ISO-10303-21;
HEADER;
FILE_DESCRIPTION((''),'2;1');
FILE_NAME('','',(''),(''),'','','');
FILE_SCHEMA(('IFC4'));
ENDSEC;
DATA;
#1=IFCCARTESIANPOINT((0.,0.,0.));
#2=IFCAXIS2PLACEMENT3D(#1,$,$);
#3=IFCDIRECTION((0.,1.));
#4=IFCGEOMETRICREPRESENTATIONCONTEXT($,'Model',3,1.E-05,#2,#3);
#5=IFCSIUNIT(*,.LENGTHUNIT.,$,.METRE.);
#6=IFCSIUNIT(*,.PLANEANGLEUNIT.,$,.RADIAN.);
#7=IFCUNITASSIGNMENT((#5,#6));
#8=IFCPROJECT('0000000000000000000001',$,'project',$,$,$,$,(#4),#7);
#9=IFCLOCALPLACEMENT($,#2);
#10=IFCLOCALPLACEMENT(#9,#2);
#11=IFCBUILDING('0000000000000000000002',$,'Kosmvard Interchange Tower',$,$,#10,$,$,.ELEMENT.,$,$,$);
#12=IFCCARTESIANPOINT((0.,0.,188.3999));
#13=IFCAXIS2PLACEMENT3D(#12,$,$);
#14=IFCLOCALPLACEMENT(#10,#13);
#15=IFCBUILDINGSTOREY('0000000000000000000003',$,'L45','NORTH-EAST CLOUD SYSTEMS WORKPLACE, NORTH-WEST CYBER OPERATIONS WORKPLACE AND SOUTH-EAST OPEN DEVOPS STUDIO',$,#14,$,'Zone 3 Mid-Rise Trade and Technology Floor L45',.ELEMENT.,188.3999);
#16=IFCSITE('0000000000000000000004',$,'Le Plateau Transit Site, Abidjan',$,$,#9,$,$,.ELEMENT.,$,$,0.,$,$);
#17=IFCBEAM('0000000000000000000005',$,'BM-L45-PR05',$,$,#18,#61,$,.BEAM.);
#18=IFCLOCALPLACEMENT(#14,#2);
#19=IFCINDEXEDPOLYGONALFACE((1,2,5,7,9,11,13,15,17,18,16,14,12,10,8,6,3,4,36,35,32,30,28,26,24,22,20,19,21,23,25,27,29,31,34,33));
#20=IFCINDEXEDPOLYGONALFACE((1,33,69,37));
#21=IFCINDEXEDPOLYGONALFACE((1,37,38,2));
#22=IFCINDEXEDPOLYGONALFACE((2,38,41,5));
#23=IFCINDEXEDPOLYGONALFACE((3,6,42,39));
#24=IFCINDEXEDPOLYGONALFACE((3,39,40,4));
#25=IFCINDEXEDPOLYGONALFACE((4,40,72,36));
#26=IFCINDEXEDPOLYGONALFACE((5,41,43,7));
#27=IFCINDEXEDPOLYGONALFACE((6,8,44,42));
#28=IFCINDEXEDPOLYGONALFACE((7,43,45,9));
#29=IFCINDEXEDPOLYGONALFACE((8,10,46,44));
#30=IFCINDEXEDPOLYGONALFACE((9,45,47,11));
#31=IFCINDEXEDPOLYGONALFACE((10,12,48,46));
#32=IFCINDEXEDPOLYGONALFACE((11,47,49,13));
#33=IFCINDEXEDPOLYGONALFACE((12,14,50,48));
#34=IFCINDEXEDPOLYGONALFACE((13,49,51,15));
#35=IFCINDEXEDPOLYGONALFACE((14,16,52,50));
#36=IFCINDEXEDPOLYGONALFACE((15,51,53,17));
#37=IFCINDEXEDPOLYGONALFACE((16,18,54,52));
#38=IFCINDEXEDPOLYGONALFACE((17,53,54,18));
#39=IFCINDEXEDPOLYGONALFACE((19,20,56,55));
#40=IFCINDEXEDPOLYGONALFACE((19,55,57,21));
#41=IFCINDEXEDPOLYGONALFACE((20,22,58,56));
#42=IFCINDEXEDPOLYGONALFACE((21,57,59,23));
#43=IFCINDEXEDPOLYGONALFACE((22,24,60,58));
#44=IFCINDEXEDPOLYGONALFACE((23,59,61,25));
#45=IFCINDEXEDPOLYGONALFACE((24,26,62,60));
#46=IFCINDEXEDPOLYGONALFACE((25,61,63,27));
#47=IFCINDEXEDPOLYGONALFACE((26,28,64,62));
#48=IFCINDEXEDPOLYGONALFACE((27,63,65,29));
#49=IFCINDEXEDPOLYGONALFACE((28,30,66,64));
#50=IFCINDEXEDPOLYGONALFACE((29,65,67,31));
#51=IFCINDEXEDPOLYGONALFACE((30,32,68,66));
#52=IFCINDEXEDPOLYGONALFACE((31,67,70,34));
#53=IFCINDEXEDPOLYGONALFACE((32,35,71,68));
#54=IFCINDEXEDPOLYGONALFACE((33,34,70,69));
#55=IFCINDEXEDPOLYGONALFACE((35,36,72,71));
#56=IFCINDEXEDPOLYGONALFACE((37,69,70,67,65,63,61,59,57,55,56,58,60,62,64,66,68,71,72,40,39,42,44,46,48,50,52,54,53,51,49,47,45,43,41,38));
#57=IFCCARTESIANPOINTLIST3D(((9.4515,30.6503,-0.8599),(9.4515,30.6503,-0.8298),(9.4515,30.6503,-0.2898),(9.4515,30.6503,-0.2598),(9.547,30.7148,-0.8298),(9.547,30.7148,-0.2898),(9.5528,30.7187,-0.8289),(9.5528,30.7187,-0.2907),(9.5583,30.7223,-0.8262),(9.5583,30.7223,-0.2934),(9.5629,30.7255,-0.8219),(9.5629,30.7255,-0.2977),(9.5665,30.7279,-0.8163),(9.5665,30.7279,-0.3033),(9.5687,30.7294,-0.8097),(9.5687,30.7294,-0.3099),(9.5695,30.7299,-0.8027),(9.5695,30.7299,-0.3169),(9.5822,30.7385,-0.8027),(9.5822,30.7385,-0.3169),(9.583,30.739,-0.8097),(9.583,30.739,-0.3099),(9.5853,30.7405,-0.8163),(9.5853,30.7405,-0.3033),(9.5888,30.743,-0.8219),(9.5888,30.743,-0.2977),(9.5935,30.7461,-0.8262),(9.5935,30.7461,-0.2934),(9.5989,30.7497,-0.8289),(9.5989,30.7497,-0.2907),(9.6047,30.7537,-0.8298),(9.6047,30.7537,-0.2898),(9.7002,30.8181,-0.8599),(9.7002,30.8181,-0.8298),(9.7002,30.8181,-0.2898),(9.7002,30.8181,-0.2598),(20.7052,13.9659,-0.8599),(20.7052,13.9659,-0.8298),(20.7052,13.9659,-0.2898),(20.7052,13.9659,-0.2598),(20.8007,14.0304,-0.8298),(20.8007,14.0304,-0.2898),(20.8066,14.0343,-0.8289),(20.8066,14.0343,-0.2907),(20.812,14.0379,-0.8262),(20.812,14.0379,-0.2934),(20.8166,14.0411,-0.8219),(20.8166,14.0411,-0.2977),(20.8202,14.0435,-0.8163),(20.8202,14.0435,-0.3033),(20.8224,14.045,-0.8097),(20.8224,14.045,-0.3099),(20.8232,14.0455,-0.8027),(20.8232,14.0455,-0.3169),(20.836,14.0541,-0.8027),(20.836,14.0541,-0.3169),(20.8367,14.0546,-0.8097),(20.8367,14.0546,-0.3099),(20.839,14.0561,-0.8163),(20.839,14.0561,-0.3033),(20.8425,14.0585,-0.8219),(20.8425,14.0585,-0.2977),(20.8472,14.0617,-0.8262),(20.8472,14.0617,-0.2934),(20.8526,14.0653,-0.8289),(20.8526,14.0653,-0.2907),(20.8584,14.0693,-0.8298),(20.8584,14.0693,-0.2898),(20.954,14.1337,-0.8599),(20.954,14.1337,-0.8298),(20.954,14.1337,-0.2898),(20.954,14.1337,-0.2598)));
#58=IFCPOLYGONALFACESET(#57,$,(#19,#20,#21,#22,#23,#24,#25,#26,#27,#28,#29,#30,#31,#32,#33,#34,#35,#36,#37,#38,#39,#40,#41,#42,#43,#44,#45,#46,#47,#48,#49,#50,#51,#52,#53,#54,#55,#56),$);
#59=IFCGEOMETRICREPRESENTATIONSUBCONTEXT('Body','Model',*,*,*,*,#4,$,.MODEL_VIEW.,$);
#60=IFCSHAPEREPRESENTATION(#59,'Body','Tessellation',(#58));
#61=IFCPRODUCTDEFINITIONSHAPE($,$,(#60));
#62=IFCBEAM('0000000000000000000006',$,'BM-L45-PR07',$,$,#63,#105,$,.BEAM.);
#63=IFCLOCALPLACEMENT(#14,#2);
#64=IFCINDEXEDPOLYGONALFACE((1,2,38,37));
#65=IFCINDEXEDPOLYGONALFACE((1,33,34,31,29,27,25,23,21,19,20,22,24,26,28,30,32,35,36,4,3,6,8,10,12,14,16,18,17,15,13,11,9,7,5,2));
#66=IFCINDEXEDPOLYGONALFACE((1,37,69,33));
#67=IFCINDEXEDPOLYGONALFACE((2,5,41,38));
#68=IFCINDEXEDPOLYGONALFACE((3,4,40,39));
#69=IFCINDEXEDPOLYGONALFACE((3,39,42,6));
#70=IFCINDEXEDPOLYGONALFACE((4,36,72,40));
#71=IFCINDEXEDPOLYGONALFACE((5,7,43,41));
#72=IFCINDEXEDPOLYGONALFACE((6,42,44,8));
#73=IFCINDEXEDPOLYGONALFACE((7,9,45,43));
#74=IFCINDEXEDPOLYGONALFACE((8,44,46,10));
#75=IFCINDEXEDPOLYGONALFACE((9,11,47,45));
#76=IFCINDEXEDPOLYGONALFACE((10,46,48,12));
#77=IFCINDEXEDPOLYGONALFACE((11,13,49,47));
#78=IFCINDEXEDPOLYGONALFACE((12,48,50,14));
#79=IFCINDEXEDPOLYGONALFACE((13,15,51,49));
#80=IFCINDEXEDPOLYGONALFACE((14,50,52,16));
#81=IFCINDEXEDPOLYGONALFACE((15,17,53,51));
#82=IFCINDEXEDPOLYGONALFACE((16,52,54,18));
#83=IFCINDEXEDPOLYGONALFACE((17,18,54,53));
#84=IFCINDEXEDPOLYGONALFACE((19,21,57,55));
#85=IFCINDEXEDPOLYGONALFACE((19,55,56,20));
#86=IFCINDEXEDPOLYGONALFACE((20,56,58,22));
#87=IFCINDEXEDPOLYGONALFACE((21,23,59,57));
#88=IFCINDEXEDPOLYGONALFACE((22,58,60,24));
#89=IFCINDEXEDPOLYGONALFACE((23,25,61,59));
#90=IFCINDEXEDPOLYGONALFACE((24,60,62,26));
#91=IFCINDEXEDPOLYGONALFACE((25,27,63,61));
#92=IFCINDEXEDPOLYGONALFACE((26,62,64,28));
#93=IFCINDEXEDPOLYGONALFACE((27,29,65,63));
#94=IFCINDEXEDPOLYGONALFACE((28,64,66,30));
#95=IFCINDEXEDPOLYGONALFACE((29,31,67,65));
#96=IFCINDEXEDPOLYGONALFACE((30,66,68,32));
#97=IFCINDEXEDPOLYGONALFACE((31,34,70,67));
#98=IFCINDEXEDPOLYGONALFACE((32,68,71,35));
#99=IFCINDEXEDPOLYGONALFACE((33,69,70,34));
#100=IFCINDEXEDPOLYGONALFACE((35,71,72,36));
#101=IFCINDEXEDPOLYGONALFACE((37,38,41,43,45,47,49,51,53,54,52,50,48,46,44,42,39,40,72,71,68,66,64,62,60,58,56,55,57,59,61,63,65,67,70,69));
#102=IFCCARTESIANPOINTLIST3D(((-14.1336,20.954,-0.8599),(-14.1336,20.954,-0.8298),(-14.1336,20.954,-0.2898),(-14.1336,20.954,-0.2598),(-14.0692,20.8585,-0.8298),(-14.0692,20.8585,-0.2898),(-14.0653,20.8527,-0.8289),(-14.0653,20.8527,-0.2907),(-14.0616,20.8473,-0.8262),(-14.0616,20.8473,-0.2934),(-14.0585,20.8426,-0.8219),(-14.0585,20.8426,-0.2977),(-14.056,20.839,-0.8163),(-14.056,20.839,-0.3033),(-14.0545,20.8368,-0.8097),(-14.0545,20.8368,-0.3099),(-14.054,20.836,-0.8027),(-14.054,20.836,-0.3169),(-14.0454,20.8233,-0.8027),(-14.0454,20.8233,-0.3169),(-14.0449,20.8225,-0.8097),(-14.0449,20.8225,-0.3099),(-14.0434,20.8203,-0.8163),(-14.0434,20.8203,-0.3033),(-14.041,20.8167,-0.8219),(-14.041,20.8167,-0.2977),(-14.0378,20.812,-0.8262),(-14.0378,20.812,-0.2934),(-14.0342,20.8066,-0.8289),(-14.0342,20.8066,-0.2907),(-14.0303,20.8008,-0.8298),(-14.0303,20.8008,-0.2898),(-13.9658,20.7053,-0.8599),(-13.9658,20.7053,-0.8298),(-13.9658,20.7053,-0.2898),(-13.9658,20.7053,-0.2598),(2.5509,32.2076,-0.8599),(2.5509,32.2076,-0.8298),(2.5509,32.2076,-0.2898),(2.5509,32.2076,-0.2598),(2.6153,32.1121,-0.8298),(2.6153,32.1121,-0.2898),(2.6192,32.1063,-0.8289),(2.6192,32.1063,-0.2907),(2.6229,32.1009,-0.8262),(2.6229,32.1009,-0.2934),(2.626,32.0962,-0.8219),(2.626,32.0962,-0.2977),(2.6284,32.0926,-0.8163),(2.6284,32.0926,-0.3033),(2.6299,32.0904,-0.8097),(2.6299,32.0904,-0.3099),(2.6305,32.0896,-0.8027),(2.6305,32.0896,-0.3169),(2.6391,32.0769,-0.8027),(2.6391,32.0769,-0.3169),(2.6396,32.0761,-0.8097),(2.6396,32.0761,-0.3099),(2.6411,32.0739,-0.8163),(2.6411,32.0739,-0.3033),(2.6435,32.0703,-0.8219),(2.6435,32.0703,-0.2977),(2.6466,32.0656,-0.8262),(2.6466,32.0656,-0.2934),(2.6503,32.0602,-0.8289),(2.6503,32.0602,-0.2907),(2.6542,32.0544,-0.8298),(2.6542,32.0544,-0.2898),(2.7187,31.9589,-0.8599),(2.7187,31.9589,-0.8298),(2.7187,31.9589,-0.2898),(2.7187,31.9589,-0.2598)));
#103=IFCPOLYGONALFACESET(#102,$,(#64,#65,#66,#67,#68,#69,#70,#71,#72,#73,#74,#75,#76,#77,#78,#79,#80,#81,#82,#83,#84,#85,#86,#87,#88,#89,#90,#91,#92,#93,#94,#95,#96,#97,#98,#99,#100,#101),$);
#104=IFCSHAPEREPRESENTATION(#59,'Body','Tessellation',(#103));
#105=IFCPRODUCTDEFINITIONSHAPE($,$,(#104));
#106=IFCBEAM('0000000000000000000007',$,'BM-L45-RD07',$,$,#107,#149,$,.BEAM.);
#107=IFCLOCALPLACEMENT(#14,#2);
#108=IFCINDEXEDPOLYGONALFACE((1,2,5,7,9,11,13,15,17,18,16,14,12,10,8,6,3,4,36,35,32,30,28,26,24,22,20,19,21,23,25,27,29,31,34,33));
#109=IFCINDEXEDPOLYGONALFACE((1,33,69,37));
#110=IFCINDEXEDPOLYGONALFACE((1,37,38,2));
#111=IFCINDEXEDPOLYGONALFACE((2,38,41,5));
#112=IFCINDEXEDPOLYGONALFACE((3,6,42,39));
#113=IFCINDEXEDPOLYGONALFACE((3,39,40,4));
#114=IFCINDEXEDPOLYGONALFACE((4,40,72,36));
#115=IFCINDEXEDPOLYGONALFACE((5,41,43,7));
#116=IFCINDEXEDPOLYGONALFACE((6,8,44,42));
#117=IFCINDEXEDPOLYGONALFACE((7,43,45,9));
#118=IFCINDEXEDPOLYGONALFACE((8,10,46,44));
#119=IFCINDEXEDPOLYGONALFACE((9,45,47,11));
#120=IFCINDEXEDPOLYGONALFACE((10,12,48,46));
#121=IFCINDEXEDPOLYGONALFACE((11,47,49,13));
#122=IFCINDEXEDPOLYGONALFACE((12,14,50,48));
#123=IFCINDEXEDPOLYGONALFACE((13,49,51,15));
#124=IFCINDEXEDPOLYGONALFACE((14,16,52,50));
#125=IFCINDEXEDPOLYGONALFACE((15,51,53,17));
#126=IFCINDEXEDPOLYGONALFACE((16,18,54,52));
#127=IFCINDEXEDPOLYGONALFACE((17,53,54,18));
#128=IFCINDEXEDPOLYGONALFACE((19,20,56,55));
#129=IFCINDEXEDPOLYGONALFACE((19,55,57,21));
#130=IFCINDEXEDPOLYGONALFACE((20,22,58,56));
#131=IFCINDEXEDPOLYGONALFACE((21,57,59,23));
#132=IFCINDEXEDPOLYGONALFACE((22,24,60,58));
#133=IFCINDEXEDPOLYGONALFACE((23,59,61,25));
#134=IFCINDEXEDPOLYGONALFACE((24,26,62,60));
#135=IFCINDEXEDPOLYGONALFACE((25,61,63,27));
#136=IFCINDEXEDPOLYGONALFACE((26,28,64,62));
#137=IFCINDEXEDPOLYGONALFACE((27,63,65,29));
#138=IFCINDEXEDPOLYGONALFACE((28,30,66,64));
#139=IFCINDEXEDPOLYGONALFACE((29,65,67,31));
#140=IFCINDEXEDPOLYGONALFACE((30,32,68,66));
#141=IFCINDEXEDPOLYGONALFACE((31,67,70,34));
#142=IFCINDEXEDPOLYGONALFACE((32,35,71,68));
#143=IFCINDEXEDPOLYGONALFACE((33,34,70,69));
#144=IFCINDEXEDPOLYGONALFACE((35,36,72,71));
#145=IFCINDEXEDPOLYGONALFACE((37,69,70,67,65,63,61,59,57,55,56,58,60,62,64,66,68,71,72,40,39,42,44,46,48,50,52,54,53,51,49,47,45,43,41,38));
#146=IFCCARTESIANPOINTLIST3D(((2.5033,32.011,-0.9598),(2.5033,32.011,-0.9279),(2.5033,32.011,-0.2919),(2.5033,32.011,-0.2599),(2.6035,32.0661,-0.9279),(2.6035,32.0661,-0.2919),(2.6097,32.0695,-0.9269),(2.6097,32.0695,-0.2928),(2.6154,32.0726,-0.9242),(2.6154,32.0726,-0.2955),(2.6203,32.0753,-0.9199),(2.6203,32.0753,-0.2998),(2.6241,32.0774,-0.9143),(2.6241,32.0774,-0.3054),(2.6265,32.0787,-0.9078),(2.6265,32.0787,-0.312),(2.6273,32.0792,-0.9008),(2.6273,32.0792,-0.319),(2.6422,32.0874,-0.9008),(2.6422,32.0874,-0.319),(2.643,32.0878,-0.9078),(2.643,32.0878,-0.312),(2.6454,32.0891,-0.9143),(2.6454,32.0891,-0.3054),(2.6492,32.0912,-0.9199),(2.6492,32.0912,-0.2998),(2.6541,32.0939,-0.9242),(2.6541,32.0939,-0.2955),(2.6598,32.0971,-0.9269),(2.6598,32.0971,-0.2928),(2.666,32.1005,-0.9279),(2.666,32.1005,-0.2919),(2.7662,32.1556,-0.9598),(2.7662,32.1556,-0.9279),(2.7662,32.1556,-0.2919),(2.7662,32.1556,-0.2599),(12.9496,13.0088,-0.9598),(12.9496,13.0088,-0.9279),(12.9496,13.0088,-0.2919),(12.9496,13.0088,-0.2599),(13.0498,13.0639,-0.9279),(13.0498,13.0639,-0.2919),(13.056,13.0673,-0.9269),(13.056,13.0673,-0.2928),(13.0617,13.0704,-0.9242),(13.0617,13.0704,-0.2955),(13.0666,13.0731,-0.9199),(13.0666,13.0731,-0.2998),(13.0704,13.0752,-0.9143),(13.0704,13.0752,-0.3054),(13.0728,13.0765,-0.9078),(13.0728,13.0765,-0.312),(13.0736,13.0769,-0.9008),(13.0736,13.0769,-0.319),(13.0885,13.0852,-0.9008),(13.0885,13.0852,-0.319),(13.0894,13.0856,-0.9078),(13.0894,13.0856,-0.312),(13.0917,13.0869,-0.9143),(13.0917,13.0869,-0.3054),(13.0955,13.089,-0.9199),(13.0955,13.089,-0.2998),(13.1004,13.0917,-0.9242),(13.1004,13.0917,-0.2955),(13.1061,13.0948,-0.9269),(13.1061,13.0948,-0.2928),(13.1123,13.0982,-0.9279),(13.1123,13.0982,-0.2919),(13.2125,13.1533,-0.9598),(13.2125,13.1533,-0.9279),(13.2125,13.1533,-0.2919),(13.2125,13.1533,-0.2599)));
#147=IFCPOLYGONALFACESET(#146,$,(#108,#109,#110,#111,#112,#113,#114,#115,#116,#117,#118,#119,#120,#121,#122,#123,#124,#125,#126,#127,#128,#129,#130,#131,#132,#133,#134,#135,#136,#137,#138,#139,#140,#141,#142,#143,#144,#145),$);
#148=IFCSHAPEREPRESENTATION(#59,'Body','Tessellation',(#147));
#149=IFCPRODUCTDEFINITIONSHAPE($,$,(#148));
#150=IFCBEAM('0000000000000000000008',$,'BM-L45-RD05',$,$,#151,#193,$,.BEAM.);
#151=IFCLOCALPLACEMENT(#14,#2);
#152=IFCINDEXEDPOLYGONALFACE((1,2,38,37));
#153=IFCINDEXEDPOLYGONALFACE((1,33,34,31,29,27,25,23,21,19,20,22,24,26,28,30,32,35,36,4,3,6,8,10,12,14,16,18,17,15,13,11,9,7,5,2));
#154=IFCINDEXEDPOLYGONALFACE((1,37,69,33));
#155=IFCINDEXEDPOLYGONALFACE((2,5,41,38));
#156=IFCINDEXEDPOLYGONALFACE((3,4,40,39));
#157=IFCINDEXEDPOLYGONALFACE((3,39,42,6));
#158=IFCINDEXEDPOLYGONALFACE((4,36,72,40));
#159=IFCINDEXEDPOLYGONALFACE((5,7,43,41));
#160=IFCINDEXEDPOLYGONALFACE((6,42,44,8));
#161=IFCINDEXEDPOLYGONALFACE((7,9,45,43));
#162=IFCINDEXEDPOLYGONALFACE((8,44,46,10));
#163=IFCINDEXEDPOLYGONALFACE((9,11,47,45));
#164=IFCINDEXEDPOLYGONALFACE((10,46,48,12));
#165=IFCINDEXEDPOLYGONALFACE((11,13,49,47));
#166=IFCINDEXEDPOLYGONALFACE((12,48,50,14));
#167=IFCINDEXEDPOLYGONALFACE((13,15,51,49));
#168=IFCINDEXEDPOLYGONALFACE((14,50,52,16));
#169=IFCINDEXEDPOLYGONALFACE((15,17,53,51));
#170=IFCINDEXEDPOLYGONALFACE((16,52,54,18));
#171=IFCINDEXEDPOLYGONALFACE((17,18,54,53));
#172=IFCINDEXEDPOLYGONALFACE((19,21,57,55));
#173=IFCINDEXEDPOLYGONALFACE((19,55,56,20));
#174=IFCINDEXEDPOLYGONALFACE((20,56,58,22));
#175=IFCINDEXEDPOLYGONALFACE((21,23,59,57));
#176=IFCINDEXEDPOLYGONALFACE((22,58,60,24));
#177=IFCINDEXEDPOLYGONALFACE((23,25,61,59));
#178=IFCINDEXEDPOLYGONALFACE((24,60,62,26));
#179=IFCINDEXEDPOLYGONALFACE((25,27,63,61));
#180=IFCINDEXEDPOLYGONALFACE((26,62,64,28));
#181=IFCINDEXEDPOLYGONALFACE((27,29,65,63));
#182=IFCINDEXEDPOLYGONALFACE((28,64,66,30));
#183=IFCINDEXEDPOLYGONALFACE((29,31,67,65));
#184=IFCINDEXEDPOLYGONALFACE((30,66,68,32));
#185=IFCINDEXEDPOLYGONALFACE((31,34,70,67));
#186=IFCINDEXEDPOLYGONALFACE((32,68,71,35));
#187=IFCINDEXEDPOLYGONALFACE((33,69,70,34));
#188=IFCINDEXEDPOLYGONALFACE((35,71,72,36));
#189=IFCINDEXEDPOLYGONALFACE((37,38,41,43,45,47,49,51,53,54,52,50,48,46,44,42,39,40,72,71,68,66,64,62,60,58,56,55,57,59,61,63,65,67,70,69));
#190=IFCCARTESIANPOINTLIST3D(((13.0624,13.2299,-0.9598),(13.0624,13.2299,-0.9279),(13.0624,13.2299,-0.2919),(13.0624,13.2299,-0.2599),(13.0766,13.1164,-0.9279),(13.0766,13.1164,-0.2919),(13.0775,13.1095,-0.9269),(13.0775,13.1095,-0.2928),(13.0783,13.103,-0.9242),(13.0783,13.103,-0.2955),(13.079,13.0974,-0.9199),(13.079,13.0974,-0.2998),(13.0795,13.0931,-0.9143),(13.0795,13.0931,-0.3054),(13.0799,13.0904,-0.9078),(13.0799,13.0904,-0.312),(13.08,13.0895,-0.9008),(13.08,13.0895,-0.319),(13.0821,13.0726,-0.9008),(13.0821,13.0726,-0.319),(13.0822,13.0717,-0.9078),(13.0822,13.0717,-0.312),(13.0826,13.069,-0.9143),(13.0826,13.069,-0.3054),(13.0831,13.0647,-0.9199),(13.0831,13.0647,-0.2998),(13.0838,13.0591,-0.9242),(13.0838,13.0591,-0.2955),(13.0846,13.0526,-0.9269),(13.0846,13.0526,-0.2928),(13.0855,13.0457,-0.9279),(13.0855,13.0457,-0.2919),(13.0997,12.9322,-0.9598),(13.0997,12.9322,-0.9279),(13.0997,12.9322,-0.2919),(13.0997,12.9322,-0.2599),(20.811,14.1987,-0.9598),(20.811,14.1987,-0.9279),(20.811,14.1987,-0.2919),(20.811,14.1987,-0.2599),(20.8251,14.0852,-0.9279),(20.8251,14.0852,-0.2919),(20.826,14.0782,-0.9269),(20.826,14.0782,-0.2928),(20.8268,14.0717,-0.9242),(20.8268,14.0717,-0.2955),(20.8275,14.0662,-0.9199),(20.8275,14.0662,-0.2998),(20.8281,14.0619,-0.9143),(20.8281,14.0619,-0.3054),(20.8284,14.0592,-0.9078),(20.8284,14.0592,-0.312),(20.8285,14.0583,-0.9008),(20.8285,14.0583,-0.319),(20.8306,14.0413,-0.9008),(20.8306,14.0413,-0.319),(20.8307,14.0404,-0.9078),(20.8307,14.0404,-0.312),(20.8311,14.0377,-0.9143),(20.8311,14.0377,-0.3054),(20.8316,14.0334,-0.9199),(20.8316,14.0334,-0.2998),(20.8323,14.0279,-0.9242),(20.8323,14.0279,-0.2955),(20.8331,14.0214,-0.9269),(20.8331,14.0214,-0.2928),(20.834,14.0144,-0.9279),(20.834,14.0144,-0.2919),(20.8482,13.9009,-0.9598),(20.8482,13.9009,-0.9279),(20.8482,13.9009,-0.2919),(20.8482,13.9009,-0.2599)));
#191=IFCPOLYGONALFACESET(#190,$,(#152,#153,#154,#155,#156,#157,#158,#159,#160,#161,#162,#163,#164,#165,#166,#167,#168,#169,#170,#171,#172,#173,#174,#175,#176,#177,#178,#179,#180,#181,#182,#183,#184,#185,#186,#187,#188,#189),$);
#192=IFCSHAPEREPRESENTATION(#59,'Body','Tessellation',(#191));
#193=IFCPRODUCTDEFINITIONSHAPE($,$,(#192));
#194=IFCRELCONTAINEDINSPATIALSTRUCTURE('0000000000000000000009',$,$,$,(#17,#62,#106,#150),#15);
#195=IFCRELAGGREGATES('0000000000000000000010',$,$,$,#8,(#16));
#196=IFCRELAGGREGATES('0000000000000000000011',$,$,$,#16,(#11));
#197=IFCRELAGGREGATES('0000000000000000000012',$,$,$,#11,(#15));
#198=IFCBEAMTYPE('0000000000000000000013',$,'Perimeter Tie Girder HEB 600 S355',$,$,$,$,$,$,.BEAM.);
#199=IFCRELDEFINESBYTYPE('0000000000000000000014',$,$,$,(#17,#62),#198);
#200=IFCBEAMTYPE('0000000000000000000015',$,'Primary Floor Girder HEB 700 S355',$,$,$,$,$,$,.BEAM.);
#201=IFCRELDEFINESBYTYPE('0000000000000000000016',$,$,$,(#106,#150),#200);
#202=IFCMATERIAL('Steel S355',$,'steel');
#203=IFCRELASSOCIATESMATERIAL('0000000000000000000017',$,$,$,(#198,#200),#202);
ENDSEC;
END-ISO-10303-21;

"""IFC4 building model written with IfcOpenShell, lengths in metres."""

from ifc_helpers import new_model, si_unit, direction, frame, origin, origin_2d, place, context, subcontext, project, spatial, i_section, extrude, source, transform, mapped, material, material_profile, profile_set, type_object, element, save


model = new_model("IFC4")

# Units and contexts
model_context = context("Model", 3, precision=1e-05, world=origin(), true_north=direction((0.0, 1.0)))
body_context = subcontext(model_context, "Body", "Model", "MODEL_VIEW")
ifc_project = project(units=[si_unit("LENGTHUNIT", "METRE"), si_unit("PLANEANGLEUNIT", "RADIAN")], contexts=[model_context])

# Site, building, storey
site_placement = place(None, origin())
site = spatial("IfcSite", under=ifc_project, at=site_placement, Name="Le Plateau Transit Site, Abidjan", CompositionType="ELEMENT", RefElevation=0.0)
building_placement = place(site_placement, origin())
building = spatial("IfcBuilding", under=site, at=building_placement, Name="Kosmvard Interchange Tower", CompositionType="ELEMENT")
storey_placement = place(building_placement, frame((0.0, 0.0, 188.3999)))
storey = spatial("IfcBuildingStorey", under=building, at=storey_placement, Name="L45", Description="NORTH-EAST CLOUD SYSTEMS WORKPLACE, NORTH-WEST CYBER OPERATIONS WORKPLACE AND SOUTH-EAST OPEN DEVOPS STUDIO", LongName="Zone 3 Mid-Rise Trade and Technology Floor L45", CompositionType="ELEMENT", Elevation=188.3999)

# Beams
ifc_material_1 = material(Name="Steel S355", Category="steel")
ifc_material_profile_1 = material_profile(ifc_material_1, i_section(OverallWidth=0.3, OverallDepth=0.6001, WebThickness=0.0154, FlangeThickness=0.03, FilletRadius=0.0271, at=origin_2d()), Name="HEB 600")
ifc_profile_set_1 = profile_set([ifc_material_profile_1], Name="Steel S355")
beam_type_1 = type_object("IfcBeamType", Name="Perimeter Tie Girder HEB 600 S355", PredefinedType="BEAM", material=ifc_profile_set_1)
shared_shape_1 = source(origin(), body_context, "Body", "SweptSolid", [
    extrude(i_section(OverallWidth=0.3, OverallDepth=0.6001, WebThickness=0.0154, FlangeThickness=0.03, FilletRadius=0.0271, at=origin_2d()), origin(), (0.0, 0.0, 1.0), 20.125),
])
for number, where, z_axis, x_axis, name in (
    (1, (20.8296, 14.0498, -0.5598), (-0.559191, 0.829039, 0.0), (-0.829039, -0.559191, 0.0), "BM-L45-PR05"),
    (2, (2.6348, 32.0833, -0.5598), (-0.829043, -0.559185, 0.0), (0.559185, -0.829043, 0.0), "BM-L45-PR07"),
):
    element("IfcBeam", number, at=place(storey_placement, frame(where, z_axis=z_axis, x_axis=x_axis)), inside=storey, type_object=beam_type_1, Name=name, PredefinedType="BEAM", context=body_context, shape_type="MappedRepresentation", body=[
        mapped(shared_shape_1, transform((0.0, 0.0, 0.0), scale=1.0)),
    ])
ifc_material_profile_2 = material_profile(ifc_material_1, i_section(OverallWidth=0.3, OverallDepth=0.7, WebThickness=0.0171, FlangeThickness=0.032, FilletRadius=0.0271, at=origin_2d()), Name="HEB 700")
ifc_profile_set_2 = profile_set([ifc_material_profile_2], Name="Steel S355")
beam_type_2 = type_object("IfcBeamType", Name="Primary Floor Girder HEB 700 S355", PredefinedType="BEAM", material=ifc_profile_set_2)
shared_shape_2 = source(origin(), body_context, "Body", "SweptSolid", [
    extrude(i_section(OverallWidth=0.3, OverallDepth=0.7, WebThickness=0.0171, FlangeThickness=0.032, FilletRadius=0.0271, at=origin_2d()), origin(), (0.0, 0.0, 1.0), 21.6843),
])
beam_1_placement = place(storey_placement, frame((13.0811, 13.0811, -0.6099), z_axis=(-0.481745, 0.876312, 0.0), x_axis=(-0.876312, -0.481745, 0.0)))
element("IfcBeam", 3, at=beam_1_placement, inside=storey, type_object=beam_type_2, Name="BM-L45-RD07", PredefinedType="BEAM", context=body_context, shape_type="MappedRepresentation", body=[
    mapped(shared_shape_2, transform((0.0, 0.0, 0.0), scale=1.0)),
])
shared_shape_3 = source(origin(), body_context, "Body", "SweptSolid", [
    extrude(i_section(OverallWidth=0.3, OverallDepth=0.7, WebThickness=0.0171, FlangeThickness=0.032, FilletRadius=0.0271, at=origin_2d()), origin(), (0.0, 0.0, 1.0), 7.8088),
])
beam_2_placement = place(storey_placement, frame((13.0811, 13.0811, -0.6099), z_axis=(0.992275, 0.124058, 0.0), x_axis=(-0.124058, 0.992275, 0.0)))
element("IfcBeam", 4, at=beam_2_placement, inside=storey, type_object=beam_type_2, Name="BM-L45-RD05", PredefinedType="BEAM", context=body_context, shape_type="MappedRepresentation", body=[
    mapped(shared_shape_3, transform((0.0, 0.0, 0.0), scale=1.0)),
])

save(model, "model.ifc")
